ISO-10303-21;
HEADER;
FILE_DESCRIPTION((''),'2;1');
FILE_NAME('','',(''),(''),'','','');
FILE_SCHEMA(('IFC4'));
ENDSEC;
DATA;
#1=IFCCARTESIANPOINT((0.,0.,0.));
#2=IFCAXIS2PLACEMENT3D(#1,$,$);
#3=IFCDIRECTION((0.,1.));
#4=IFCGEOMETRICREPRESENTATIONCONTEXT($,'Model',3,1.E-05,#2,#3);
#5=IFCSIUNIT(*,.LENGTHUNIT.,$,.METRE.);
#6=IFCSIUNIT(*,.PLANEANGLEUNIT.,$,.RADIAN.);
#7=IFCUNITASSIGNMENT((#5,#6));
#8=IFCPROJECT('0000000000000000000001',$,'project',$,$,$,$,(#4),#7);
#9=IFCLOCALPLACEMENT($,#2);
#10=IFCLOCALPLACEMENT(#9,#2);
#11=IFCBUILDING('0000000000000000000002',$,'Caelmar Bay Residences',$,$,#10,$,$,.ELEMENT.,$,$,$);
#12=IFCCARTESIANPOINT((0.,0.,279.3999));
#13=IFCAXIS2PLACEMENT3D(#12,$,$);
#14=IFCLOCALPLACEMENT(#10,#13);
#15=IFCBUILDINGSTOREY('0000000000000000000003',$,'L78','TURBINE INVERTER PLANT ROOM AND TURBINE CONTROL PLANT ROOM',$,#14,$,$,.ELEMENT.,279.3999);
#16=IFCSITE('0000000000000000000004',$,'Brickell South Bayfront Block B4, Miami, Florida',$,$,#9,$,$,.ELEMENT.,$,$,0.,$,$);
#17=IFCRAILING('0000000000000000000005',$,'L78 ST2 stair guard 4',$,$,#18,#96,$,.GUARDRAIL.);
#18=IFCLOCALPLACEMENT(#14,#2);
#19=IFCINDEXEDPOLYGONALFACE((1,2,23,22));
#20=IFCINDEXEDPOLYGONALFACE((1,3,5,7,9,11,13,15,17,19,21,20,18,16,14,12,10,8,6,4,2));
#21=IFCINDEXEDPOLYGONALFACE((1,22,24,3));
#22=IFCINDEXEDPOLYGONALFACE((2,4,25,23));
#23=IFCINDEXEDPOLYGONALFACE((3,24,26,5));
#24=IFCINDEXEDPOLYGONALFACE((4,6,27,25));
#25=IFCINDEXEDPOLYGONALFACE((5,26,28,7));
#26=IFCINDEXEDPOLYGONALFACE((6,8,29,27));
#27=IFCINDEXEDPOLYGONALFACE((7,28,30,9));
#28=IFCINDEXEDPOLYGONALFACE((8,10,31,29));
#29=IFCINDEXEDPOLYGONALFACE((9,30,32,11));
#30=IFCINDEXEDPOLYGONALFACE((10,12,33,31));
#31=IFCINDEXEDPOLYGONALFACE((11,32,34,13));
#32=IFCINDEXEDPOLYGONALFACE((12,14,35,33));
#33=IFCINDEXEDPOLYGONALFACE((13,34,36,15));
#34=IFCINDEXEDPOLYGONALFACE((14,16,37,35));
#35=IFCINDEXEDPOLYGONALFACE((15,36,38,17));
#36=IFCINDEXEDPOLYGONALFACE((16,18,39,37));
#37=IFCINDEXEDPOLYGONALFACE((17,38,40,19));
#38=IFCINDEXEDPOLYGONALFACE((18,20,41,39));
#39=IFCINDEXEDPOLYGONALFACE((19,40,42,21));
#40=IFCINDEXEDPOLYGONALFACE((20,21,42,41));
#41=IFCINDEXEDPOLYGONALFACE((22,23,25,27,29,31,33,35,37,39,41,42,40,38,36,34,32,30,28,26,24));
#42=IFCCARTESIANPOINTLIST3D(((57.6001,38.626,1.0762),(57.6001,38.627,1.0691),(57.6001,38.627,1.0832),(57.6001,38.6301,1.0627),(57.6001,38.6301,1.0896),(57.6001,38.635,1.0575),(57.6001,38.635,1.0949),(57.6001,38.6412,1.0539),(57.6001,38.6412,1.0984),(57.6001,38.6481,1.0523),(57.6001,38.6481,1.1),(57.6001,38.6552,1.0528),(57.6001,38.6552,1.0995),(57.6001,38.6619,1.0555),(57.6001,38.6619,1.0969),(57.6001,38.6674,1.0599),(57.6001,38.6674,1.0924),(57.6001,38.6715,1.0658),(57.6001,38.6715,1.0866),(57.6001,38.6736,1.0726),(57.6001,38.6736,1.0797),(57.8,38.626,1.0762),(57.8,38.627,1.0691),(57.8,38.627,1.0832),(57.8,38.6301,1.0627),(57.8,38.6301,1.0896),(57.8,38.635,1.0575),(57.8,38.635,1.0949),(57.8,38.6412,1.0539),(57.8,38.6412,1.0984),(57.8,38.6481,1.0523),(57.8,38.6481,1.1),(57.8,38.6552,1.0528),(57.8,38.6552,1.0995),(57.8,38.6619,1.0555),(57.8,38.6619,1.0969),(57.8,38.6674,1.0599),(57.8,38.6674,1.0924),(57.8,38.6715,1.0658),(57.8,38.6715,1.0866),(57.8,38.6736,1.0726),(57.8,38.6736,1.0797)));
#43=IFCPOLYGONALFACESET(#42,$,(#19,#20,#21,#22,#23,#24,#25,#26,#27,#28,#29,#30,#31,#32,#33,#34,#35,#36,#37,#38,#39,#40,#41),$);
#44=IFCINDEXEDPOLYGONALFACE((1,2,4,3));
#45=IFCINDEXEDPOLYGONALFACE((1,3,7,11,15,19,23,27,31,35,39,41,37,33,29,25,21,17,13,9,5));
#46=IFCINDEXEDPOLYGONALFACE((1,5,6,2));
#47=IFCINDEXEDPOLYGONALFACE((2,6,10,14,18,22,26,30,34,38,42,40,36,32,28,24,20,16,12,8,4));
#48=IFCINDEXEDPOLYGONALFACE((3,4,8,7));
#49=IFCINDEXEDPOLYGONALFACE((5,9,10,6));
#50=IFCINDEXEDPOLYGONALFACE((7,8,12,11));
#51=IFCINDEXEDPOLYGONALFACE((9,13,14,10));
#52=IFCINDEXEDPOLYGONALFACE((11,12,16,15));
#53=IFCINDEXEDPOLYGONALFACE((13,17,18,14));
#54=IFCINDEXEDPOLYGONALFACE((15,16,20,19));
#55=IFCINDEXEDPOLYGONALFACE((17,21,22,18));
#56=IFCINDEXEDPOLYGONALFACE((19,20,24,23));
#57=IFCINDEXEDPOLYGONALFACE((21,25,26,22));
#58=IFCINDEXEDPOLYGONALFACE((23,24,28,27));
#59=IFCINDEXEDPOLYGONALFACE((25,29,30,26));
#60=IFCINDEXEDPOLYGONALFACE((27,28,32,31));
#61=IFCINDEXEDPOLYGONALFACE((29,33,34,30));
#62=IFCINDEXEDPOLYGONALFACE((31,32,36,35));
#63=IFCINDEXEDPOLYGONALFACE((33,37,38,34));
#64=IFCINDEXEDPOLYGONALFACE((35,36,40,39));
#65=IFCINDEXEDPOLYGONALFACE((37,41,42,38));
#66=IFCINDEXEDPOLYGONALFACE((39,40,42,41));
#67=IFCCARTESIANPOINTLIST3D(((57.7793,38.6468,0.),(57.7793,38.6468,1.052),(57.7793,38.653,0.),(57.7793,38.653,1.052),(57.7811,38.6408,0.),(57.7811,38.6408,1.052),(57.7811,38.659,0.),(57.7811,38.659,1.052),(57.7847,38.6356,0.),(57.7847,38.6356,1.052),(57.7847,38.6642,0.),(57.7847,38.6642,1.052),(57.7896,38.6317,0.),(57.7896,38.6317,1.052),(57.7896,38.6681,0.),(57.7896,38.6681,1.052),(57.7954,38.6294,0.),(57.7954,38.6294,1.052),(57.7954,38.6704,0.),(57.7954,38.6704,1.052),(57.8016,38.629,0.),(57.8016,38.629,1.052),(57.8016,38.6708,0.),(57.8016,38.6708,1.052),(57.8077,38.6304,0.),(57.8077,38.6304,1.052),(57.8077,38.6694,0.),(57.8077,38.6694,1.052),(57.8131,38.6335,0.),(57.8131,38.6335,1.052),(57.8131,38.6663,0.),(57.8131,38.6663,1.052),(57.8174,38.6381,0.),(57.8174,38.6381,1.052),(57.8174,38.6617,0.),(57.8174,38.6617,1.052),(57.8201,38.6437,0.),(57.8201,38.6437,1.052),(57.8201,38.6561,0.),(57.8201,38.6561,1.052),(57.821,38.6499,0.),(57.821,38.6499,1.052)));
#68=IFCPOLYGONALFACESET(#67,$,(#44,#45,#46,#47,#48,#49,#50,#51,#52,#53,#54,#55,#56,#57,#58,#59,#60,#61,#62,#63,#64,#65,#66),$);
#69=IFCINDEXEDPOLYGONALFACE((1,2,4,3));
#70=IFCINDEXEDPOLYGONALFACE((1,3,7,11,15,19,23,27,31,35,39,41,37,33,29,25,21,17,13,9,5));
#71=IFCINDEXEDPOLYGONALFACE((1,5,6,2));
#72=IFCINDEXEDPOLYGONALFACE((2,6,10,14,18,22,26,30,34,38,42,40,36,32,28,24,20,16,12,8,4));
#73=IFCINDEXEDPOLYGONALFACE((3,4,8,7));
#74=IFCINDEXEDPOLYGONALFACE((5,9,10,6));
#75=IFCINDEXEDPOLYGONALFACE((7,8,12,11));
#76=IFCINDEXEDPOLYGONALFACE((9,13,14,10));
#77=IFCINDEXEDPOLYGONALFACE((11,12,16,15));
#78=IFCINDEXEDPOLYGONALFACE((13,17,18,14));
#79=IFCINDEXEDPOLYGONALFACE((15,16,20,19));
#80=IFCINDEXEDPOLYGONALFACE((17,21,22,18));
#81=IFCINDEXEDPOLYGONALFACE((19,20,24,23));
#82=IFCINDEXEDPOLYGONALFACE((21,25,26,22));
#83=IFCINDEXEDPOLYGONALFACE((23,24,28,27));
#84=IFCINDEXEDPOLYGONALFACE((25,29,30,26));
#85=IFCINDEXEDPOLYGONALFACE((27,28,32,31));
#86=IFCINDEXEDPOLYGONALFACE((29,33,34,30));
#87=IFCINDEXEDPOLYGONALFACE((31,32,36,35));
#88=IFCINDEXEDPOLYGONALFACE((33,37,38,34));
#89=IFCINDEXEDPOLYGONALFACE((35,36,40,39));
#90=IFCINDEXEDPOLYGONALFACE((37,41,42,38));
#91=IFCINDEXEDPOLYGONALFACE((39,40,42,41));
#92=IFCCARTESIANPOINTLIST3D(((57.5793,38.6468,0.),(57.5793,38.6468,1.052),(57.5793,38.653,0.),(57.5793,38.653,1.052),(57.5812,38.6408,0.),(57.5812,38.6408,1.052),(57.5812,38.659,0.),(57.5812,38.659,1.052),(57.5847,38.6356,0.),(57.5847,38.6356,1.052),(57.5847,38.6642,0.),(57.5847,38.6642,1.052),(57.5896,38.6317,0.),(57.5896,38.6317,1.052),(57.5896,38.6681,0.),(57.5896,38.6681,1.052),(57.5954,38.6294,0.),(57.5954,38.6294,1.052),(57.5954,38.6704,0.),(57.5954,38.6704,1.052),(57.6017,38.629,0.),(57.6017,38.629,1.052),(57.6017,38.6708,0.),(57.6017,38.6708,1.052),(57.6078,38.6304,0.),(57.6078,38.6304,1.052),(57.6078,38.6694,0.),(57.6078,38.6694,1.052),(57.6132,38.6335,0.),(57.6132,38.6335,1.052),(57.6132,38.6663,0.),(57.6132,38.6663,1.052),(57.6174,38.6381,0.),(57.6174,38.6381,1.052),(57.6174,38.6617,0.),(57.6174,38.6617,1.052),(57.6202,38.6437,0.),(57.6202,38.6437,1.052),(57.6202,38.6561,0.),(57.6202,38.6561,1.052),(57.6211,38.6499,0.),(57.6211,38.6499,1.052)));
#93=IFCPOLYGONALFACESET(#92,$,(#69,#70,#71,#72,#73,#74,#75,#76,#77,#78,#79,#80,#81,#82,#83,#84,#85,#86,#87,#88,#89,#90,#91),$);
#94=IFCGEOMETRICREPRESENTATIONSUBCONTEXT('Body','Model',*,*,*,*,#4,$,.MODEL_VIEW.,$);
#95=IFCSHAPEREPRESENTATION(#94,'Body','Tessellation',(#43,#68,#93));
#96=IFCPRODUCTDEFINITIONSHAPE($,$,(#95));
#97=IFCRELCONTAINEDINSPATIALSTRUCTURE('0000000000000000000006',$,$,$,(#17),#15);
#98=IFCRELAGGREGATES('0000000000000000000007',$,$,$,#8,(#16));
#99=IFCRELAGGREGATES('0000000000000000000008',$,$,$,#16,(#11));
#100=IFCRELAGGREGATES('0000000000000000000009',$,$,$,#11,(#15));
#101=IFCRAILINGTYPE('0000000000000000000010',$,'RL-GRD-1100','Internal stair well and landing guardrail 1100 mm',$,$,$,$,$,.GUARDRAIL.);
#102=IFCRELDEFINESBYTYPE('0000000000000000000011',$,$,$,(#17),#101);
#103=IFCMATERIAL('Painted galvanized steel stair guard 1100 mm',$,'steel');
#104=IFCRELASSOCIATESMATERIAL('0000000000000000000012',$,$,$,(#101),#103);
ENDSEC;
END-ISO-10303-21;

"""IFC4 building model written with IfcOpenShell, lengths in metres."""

from ifc_helpers import new_model, si_unit, direction, frame, origin, origin_2d, place, context, subcontext, project, spatial, circle, extrude, material, type_object, element, save


model = new_model("IFC4")

# Units and contexts
model_context = context("Model", 3, precision=1e-05, world=origin(), true_north=direction((0.0, 1.0)))
body_context = subcontext(model_context, "Body", "Model", "MODEL_VIEW")
ifc_project = project(units=[si_unit("LENGTHUNIT", "METRE"), si_unit("PLANEANGLEUNIT", "RADIAN")], contexts=[model_context])

# Site, building, storey
site_placement = place(None, origin())
site = spatial("IfcSite", under=ifc_project, at=site_placement, Name="Brickell South Bayfront Block B4, Miami, Florida", CompositionType="ELEMENT", RefElevation=0.0)
building_placement = place(site_placement, origin())
building = spatial("IfcBuilding", under=site, at=building_placement, Name="Caelmar Bay Residences", CompositionType="ELEMENT")
storey_placement = place(building_placement, frame((0.0, 0.0, 279.3999)))
storey = spatial("IfcBuildingStorey", under=building, at=storey_placement, Name="L78", Description="TURBINE INVERTER PLANT ROOM AND TURBINE CONTROL PLANT ROOM", CompositionType="ELEMENT", Elevation=279.3999)

# Railing
ifc_material_1 = material(Name="Painted galvanized steel stair guard 1100 mm", Category="steel")
railing_type_1 = type_object("IfcRailingType", Name="RL-GRD-1100", Description="Internal stair well and landing guardrail 1100 mm", PredefinedType="GUARDRAIL", material=ifc_material_1)
railing_1_placement = place(storey_placement, frame((57.8, 38.6499, 0.0)))
element("IfcRailing", 1, at=railing_1_placement, inside=storey, type_object=railing_type_1, Name="L78 ST2 stair guard 4", PredefinedType="GUARDRAIL", context=body_context, shape_type="SweptSolid", body=[
    extrude(circle(Radius=0.0239, at=origin_2d()), frame((0.0, 0.0, 1.0762), z_axis=(-1.0, 0.0, 0.0), x_axis=(0.0, -1.0, 0.0)), (0.0, 0.0, 1.0), 0.2),
    extrude(circle(Radius=0.021, at=origin_2d()), origin(), (0.0, 0.0, 1.0), 1.052),
    extrude(circle(Radius=0.021, at=origin_2d()), frame((-0.2, 0.0, 0.0)), (0.0, 0.0, 1.0), 1.052),
])

save(model, "model.ifc")
